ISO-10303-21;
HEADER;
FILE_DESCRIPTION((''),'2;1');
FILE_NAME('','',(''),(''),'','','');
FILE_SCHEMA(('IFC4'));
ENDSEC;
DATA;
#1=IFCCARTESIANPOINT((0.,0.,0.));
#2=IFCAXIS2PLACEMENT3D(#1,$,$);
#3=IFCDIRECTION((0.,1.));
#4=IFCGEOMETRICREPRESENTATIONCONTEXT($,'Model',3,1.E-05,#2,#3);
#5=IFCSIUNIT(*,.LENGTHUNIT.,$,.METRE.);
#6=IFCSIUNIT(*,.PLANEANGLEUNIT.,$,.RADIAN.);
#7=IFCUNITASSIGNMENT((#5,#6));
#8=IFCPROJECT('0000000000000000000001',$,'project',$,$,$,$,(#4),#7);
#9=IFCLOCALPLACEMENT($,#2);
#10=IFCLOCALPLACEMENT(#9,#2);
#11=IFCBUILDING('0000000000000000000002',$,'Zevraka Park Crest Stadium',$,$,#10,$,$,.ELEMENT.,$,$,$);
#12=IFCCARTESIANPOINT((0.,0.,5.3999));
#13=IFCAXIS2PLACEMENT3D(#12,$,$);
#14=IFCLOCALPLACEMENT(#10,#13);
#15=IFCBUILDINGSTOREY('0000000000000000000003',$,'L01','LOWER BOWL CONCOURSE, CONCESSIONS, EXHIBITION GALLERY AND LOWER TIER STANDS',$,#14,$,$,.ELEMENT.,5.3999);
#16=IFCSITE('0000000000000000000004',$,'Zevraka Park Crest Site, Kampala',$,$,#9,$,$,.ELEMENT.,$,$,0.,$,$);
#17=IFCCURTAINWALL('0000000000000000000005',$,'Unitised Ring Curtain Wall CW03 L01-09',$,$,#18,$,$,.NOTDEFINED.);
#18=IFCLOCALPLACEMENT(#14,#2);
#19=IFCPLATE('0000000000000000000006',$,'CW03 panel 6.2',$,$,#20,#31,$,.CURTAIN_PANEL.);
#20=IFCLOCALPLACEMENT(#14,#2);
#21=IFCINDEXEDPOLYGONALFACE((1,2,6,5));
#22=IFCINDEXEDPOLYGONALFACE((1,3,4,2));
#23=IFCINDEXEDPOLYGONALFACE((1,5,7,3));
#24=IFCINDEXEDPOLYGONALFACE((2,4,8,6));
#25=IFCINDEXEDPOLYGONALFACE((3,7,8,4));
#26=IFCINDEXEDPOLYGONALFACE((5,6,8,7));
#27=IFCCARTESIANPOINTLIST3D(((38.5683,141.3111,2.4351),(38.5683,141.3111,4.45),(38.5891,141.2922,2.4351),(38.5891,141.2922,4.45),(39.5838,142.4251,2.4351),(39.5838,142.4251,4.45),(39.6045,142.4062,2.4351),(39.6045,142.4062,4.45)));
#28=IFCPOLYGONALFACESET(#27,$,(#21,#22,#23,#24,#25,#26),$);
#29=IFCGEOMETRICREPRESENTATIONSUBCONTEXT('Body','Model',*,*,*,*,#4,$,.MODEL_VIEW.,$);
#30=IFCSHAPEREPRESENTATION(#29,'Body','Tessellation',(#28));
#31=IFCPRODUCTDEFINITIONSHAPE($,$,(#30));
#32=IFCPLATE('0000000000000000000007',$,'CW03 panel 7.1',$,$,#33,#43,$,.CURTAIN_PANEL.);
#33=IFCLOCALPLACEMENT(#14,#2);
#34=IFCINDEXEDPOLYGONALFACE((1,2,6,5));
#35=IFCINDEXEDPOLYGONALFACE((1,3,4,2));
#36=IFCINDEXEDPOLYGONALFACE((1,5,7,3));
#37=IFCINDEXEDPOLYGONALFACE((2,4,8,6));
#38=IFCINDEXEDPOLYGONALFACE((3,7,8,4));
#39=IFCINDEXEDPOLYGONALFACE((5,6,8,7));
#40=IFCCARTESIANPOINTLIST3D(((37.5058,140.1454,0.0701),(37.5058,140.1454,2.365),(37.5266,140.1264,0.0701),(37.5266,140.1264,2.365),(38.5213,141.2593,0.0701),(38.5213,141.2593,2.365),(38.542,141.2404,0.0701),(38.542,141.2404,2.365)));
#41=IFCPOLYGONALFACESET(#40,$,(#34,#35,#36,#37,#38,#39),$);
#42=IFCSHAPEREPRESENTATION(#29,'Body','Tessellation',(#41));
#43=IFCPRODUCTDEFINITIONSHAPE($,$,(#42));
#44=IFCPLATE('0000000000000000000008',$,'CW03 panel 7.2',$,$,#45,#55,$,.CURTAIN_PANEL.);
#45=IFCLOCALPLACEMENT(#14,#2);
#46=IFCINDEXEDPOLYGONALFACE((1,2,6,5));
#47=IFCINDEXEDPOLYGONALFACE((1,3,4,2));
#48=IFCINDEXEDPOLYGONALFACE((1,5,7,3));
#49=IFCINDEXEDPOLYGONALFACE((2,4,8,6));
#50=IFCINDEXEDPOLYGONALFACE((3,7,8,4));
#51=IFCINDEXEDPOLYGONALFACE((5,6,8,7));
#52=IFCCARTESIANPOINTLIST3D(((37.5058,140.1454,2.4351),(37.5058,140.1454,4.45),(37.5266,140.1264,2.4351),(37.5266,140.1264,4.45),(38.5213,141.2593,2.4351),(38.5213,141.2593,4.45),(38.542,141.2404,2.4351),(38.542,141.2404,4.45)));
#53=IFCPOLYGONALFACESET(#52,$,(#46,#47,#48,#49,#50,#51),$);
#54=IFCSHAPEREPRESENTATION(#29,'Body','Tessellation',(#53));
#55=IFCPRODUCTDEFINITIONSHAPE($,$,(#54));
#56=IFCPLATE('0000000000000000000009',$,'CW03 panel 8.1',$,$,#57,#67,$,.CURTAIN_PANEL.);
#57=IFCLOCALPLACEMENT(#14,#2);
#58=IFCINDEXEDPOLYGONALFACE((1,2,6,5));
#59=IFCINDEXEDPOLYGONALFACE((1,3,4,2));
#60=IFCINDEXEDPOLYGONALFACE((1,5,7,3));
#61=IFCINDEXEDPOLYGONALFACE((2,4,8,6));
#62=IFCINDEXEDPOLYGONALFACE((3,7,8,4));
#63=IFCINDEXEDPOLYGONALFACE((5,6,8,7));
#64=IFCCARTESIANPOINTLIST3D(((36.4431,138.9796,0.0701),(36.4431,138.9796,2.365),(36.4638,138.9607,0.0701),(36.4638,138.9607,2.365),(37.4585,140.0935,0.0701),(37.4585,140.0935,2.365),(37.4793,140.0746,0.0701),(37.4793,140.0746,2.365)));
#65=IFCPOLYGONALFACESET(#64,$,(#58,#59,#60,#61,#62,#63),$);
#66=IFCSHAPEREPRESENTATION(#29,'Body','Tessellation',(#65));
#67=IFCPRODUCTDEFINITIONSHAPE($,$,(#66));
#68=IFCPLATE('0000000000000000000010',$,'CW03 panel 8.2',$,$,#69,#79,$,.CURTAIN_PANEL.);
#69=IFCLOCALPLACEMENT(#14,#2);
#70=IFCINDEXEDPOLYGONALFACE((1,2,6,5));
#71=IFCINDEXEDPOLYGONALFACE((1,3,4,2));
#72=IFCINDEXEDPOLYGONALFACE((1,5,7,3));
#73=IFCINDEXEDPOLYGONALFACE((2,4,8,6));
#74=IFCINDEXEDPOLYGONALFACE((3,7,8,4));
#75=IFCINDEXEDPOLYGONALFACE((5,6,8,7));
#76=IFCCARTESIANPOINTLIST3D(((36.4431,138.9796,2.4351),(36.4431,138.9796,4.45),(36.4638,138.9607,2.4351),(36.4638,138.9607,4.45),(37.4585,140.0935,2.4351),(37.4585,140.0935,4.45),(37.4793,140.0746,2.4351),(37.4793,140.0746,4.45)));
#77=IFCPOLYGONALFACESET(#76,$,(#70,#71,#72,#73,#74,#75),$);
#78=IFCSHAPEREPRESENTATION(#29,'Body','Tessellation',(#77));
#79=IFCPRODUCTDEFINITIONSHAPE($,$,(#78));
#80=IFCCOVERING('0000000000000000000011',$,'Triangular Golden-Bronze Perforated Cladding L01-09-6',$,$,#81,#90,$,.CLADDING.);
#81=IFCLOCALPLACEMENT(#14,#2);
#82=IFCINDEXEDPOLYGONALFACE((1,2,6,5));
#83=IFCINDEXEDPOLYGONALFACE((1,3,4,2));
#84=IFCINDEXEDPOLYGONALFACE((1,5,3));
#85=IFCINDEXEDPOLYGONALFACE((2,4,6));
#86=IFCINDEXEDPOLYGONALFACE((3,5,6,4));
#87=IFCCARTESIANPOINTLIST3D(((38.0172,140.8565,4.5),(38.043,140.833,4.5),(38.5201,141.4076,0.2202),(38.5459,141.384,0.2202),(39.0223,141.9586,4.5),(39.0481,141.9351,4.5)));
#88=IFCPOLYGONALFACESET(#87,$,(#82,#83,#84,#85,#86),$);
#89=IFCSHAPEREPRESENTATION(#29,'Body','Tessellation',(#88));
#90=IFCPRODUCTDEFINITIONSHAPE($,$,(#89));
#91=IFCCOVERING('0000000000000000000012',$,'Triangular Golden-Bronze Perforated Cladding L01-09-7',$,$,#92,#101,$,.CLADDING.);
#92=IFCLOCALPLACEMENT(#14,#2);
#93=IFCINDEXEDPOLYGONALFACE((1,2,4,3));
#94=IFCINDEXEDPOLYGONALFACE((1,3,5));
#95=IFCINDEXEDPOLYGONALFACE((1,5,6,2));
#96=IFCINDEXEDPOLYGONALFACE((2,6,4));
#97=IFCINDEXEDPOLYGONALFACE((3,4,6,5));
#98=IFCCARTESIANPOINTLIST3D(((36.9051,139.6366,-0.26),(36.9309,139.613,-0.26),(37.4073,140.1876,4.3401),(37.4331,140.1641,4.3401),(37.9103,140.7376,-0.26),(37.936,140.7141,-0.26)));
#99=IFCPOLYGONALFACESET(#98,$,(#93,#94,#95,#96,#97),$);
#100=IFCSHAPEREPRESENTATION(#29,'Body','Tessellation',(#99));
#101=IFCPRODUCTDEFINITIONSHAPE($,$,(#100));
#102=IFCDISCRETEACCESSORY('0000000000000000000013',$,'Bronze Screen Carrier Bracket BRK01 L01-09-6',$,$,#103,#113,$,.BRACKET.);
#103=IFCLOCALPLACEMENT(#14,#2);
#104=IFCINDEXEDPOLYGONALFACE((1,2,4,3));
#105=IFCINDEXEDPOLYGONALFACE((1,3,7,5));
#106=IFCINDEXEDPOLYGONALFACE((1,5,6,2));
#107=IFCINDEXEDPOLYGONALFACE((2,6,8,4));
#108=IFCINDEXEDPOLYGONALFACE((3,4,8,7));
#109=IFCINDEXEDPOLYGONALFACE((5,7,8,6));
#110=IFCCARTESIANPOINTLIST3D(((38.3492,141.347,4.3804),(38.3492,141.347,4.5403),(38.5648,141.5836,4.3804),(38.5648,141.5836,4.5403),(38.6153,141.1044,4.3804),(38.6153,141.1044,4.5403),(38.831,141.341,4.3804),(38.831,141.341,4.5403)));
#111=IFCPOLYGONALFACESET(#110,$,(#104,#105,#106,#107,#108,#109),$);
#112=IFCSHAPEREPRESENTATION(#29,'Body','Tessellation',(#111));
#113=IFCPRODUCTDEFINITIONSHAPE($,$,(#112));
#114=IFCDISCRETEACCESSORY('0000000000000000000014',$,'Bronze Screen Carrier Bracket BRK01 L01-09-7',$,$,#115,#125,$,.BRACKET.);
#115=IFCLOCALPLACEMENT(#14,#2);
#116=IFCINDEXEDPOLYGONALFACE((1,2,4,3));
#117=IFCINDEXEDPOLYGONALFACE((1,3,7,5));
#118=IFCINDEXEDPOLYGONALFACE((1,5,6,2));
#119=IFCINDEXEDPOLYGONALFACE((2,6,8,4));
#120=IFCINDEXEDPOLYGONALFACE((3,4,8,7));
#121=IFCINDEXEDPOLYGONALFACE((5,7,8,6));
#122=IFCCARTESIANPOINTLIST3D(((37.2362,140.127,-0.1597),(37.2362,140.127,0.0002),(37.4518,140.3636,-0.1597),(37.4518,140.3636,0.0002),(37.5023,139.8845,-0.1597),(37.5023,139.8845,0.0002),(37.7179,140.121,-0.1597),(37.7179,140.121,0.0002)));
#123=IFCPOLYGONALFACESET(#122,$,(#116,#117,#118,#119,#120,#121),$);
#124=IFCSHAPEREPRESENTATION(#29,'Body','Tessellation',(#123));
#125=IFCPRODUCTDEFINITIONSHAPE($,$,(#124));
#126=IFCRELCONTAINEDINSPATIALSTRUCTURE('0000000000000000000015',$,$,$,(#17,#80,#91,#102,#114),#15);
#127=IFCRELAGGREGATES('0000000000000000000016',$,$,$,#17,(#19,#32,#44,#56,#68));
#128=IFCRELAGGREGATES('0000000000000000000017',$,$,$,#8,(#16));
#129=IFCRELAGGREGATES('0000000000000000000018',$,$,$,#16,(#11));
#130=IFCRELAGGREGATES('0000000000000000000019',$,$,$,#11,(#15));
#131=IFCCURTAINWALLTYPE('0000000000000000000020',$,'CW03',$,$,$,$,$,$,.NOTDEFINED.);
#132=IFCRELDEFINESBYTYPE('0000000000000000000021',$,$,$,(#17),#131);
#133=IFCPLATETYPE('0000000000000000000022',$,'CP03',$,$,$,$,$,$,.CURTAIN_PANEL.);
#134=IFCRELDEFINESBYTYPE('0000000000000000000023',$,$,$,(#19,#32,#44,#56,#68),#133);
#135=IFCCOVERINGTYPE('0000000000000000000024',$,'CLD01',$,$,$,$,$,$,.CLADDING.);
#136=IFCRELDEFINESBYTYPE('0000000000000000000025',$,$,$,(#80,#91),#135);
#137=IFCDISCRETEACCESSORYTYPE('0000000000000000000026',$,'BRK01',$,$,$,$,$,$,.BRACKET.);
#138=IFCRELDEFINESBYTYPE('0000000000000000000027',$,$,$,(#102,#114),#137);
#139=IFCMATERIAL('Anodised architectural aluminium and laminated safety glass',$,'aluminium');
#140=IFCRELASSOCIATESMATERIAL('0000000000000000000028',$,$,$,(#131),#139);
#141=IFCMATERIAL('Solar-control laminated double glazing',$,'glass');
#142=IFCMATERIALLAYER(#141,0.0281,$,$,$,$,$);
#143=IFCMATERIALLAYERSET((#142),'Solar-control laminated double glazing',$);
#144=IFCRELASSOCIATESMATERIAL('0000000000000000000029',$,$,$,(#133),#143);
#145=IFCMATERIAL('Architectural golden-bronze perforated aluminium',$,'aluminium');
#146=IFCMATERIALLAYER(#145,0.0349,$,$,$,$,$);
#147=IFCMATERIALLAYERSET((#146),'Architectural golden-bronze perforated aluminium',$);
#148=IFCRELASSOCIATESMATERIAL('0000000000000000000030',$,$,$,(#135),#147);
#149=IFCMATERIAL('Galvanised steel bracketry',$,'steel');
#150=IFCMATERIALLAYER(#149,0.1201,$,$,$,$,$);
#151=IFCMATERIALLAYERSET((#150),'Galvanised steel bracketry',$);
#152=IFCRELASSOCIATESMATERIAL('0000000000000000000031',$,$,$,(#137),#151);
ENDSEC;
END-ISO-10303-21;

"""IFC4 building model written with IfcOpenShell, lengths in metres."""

from ifc_helpers import new_model, si_unit, direction, frame, origin, origin_2d, place, context, subcontext, project, spatial, polyline, rectangle, outline, extrude, material, layer, layer_set, type_object, element, aggregate, save


model = new_model("IFC4")

# Units and contexts
model_context = context("Model", 3, precision=1e-05, world=origin(), true_north=direction((0.0, 1.0)))
body_context = subcontext(model_context, "Body", "Model", "MODEL_VIEW")
ifc_project = project(units=[si_unit("LENGTHUNIT", "METRE"), si_unit("PLANEANGLEUNIT", "RADIAN")], contexts=[model_context])

# Site, building, storey
site_placement = place(None, origin())
site = spatial("IfcSite", under=ifc_project, at=site_placement, Name="Zevraka Park Crest Site, Kampala", CompositionType="ELEMENT", RefElevation=0.0)
building_placement = place(site_placement, origin())
building = spatial("IfcBuilding", under=site, at=building_placement, Name="Zevraka Park Crest Stadium", CompositionType="ELEMENT")
storey_placement = place(building_placement, frame((0.0, 0.0, 5.3999)))
storey = spatial("IfcBuildingStorey", under=building, at=storey_placement, Name="L01", Description="LOWER BOWL CONCOURSE, CONCESSIONS, EXHIBITION GALLERY AND LOWER TIER STANDS", CompositionType="ELEMENT", Elevation=5.3999)

# Curtain wall
ifc_material_1 = material(Name="Anodised architectural aluminium and laminated safety glass", Category="aluminium")
curtain_wall_type = type_object("IfcCurtainWallType", Name="CW03", PredefinedType="NOTDEFINED", material=ifc_material_1)
curtain_wall_placement = place(storey_placement, origin())
curtain_wall = element("IfcCurtainWall", 1, at=curtain_wall_placement, inside=storey, type_object=curtain_wall_type, Name="Unitised Ring Curtain Wall CW03 L01-09", PredefinedType="NOTDEFINED")

# Plates
ifc_material_2 = material(Name="Solar-control laminated double glazing", Category="glass")
ifc_layer_1 = layer(ifc_material_2, 0.0281)
ifc_layer_set_1 = layer_set([ifc_layer_1], Name="Solar-control laminated double glazing")
plate_type = type_object("IfcPlateType", Name="CP03", PredefinedType="CURTAIN_PANEL", material=ifc_layer_set_1)
plate_1_placement = place(storey_placement, frame((39.0864, 141.8586, 2.4351), z_axis=(0.0, 0.0, 1.0), x_axis=(-0.67368, -0.739023, 0.0)))
plate_1 = element("IfcPlate", 2, at=plate_1_placement, type_object=plate_type, Name="CW03 panel 6.2", PredefinedType="CURTAIN_PANEL", context=body_context, shape_type="SweptSolid", body=[
    extrude(rectangle(XDim=1.5073, YDim=0.0281, at=origin_2d()), origin(), (0.0, 0.0, 1.0), 2.0149),
])
plate_2_placement = place(storey_placement, frame((38.0239, 140.6929, 0.0701), z_axis=(0.0, 0.0, 1.0), x_axis=(-0.67368, -0.739023, 0.0)))
plate_2 = element("IfcPlate", 3, at=plate_2_placement, type_object=plate_type, Name="CW03 panel 7.1", PredefinedType="CURTAIN_PANEL", context=body_context, shape_type="SweptSolid", body=[
    extrude(rectangle(XDim=1.5073, YDim=0.0281, at=origin_2d()), origin(), (0.0, 0.0, 1.0), 2.2949),
])
plate_3_placement = place(storey_placement, frame((38.0239, 140.6929, 2.4351), z_axis=(0.0, 0.0, 1.0), x_axis=(-0.67368, -0.739023, 0.0)))
plate_3 = element("IfcPlate", 4, at=plate_3_placement, type_object=plate_type, Name="CW03 panel 7.2", PredefinedType="CURTAIN_PANEL", context=body_context, shape_type="SweptSolid", body=[
    extrude(rectangle(XDim=1.5073, YDim=0.0281, at=origin_2d()), origin(), (0.0, 0.0, 1.0), 2.0149),
])
plate_4_placement = place(storey_placement, frame((36.9612, 139.5271, 0.0701), z_axis=(0.0, 0.0, 1.0), x_axis=(-0.67368, -0.739023, 0.0)))
plate_4 = element("IfcPlate", 5, at=plate_4_placement, type_object=plate_type, Name="CW03 panel 8.1", PredefinedType="CURTAIN_PANEL", context=body_context, shape_type="SweptSolid", body=[
    extrude(rectangle(XDim=1.5073, YDim=0.0281, at=origin_2d()), origin(), (0.0, 0.0, 1.0), 2.2949),
])
plate_5_placement = place(storey_placement, frame((36.9612, 139.5271, 2.4351), z_axis=(0.0, 0.0, 1.0), x_axis=(-0.67368, -0.739023, 0.0)))
plate_5 = element("IfcPlate", 6, at=plate_5_placement, type_object=plate_type, Name="CW03 panel 8.2", PredefinedType="CURTAIN_PANEL", context=body_context, shape_type="SweptSolid", body=[
    extrude(rectangle(XDim=1.5073, YDim=0.0281, at=origin_2d()), origin(), (0.0, 0.0, 1.0), 2.0149),
])
aggregate(curtain_wall, [plate_1, plate_2, plate_3, plate_4, plate_5])

# Coverings
ifc_material_3 = material(Name="Architectural golden-bronze perforated aluminium", Category="aluminium")
ifc_layer_2 = layer(ifc_material_3, 0.0349)
ifc_layer_set_2 = layer_set([ifc_layer_2], Name="Architectural golden-bronze perforated aluminium")
covering_type = type_object("IfcCoveringType", Name="CLD01", PredefinedType="CLADDING", material=ifc_layer_set_2)
covering_1_placement = place(storey_placement, frame((38.043, 140.833, 4.5), z_axis=(0.73885, -0.67387, 0.000063), x_axis=(0.67387, 0.73885, 0.0)))
element("IfcCovering", 7, at=covering_1_placement, inside=storey, type_object=covering_type, Name="Triangular Golden-Bronze Perforated Cladding L01-09-6", PredefinedType="CLADDING", context=body_context, shape_type="SweptSolid", body=[
    extrude(outline(polyline([(0.0, 0.0), (1.4916, 0.0), (0.746, -4.2798), (0.0, 0.0)])), origin(), (0.0, 0.0, -1.0), 0.0349),
])
covering_2_placement = place(storey_placement, frame((37.936, 140.7141, -0.26), z_axis=(0.738553, -0.674196, 0.00013), x_axis=(-0.674196, -0.738553, 0.0)))
element("IfcCovering", 8, at=covering_2_placement, inside=storey, type_object=covering_type, Name="Triangular Golden-Bronze Perforated Cladding L01-09-7", PredefinedType="CLADDING", context=body_context, shape_type="SweptSolid", body=[
    extrude(outline(polyline([(0.0, 0.0), (1.4909, 0.0), (0.7453, -4.6001), (0.0, 0.0)])), origin(), (0.0, 0.0, -1.0), 0.0349),
])

# Discrete accessories
ifc_material_4 = material(Name="Galvanised steel bracketry", Category="steel")
ifc_layer_3 = layer(ifc_material_4, 0.1201)
ifc_layer_set_3 = layer_set([ifc_layer_3], Name="Galvanised steel bracketry")
discrete_accessory_type = type_object("IfcDiscreteAccessoryType", Name="BRK01", PredefinedType="BRACKET", material=ifc_layer_set_3)
for number, where, z_axis, x_axis, name in (
    (9, (38.5901, 141.344, 4.3804), (0.0, 0.0, 1.0), (-0.673658, -0.739043, 0.0), "Bronze Screen Carrier Bracket BRK01 L01-09-6"),
    (10, (37.4771, 140.124, -0.1597), (0.0, 0.0, 1.0), (-0.673658, -0.739043, 0.0), "Bronze Screen Carrier Bracket BRK01 L01-09-7"),
):
    element("IfcDiscreteAccessory", number, at=place(storey_placement, frame(where, z_axis=z_axis, x_axis=x_axis)), inside=storey, type_object=discrete_accessory_type, Name=name, PredefinedType="BRACKET", context=body_context, shape_type="SweptSolid", body=[
        extrude(rectangle(XDim=0.3201, YDim=0.3601, at=origin_2d()), origin(), (0.0, 0.0, 1.0), 0.1599),
    ])

save(model, "model.ifc")
